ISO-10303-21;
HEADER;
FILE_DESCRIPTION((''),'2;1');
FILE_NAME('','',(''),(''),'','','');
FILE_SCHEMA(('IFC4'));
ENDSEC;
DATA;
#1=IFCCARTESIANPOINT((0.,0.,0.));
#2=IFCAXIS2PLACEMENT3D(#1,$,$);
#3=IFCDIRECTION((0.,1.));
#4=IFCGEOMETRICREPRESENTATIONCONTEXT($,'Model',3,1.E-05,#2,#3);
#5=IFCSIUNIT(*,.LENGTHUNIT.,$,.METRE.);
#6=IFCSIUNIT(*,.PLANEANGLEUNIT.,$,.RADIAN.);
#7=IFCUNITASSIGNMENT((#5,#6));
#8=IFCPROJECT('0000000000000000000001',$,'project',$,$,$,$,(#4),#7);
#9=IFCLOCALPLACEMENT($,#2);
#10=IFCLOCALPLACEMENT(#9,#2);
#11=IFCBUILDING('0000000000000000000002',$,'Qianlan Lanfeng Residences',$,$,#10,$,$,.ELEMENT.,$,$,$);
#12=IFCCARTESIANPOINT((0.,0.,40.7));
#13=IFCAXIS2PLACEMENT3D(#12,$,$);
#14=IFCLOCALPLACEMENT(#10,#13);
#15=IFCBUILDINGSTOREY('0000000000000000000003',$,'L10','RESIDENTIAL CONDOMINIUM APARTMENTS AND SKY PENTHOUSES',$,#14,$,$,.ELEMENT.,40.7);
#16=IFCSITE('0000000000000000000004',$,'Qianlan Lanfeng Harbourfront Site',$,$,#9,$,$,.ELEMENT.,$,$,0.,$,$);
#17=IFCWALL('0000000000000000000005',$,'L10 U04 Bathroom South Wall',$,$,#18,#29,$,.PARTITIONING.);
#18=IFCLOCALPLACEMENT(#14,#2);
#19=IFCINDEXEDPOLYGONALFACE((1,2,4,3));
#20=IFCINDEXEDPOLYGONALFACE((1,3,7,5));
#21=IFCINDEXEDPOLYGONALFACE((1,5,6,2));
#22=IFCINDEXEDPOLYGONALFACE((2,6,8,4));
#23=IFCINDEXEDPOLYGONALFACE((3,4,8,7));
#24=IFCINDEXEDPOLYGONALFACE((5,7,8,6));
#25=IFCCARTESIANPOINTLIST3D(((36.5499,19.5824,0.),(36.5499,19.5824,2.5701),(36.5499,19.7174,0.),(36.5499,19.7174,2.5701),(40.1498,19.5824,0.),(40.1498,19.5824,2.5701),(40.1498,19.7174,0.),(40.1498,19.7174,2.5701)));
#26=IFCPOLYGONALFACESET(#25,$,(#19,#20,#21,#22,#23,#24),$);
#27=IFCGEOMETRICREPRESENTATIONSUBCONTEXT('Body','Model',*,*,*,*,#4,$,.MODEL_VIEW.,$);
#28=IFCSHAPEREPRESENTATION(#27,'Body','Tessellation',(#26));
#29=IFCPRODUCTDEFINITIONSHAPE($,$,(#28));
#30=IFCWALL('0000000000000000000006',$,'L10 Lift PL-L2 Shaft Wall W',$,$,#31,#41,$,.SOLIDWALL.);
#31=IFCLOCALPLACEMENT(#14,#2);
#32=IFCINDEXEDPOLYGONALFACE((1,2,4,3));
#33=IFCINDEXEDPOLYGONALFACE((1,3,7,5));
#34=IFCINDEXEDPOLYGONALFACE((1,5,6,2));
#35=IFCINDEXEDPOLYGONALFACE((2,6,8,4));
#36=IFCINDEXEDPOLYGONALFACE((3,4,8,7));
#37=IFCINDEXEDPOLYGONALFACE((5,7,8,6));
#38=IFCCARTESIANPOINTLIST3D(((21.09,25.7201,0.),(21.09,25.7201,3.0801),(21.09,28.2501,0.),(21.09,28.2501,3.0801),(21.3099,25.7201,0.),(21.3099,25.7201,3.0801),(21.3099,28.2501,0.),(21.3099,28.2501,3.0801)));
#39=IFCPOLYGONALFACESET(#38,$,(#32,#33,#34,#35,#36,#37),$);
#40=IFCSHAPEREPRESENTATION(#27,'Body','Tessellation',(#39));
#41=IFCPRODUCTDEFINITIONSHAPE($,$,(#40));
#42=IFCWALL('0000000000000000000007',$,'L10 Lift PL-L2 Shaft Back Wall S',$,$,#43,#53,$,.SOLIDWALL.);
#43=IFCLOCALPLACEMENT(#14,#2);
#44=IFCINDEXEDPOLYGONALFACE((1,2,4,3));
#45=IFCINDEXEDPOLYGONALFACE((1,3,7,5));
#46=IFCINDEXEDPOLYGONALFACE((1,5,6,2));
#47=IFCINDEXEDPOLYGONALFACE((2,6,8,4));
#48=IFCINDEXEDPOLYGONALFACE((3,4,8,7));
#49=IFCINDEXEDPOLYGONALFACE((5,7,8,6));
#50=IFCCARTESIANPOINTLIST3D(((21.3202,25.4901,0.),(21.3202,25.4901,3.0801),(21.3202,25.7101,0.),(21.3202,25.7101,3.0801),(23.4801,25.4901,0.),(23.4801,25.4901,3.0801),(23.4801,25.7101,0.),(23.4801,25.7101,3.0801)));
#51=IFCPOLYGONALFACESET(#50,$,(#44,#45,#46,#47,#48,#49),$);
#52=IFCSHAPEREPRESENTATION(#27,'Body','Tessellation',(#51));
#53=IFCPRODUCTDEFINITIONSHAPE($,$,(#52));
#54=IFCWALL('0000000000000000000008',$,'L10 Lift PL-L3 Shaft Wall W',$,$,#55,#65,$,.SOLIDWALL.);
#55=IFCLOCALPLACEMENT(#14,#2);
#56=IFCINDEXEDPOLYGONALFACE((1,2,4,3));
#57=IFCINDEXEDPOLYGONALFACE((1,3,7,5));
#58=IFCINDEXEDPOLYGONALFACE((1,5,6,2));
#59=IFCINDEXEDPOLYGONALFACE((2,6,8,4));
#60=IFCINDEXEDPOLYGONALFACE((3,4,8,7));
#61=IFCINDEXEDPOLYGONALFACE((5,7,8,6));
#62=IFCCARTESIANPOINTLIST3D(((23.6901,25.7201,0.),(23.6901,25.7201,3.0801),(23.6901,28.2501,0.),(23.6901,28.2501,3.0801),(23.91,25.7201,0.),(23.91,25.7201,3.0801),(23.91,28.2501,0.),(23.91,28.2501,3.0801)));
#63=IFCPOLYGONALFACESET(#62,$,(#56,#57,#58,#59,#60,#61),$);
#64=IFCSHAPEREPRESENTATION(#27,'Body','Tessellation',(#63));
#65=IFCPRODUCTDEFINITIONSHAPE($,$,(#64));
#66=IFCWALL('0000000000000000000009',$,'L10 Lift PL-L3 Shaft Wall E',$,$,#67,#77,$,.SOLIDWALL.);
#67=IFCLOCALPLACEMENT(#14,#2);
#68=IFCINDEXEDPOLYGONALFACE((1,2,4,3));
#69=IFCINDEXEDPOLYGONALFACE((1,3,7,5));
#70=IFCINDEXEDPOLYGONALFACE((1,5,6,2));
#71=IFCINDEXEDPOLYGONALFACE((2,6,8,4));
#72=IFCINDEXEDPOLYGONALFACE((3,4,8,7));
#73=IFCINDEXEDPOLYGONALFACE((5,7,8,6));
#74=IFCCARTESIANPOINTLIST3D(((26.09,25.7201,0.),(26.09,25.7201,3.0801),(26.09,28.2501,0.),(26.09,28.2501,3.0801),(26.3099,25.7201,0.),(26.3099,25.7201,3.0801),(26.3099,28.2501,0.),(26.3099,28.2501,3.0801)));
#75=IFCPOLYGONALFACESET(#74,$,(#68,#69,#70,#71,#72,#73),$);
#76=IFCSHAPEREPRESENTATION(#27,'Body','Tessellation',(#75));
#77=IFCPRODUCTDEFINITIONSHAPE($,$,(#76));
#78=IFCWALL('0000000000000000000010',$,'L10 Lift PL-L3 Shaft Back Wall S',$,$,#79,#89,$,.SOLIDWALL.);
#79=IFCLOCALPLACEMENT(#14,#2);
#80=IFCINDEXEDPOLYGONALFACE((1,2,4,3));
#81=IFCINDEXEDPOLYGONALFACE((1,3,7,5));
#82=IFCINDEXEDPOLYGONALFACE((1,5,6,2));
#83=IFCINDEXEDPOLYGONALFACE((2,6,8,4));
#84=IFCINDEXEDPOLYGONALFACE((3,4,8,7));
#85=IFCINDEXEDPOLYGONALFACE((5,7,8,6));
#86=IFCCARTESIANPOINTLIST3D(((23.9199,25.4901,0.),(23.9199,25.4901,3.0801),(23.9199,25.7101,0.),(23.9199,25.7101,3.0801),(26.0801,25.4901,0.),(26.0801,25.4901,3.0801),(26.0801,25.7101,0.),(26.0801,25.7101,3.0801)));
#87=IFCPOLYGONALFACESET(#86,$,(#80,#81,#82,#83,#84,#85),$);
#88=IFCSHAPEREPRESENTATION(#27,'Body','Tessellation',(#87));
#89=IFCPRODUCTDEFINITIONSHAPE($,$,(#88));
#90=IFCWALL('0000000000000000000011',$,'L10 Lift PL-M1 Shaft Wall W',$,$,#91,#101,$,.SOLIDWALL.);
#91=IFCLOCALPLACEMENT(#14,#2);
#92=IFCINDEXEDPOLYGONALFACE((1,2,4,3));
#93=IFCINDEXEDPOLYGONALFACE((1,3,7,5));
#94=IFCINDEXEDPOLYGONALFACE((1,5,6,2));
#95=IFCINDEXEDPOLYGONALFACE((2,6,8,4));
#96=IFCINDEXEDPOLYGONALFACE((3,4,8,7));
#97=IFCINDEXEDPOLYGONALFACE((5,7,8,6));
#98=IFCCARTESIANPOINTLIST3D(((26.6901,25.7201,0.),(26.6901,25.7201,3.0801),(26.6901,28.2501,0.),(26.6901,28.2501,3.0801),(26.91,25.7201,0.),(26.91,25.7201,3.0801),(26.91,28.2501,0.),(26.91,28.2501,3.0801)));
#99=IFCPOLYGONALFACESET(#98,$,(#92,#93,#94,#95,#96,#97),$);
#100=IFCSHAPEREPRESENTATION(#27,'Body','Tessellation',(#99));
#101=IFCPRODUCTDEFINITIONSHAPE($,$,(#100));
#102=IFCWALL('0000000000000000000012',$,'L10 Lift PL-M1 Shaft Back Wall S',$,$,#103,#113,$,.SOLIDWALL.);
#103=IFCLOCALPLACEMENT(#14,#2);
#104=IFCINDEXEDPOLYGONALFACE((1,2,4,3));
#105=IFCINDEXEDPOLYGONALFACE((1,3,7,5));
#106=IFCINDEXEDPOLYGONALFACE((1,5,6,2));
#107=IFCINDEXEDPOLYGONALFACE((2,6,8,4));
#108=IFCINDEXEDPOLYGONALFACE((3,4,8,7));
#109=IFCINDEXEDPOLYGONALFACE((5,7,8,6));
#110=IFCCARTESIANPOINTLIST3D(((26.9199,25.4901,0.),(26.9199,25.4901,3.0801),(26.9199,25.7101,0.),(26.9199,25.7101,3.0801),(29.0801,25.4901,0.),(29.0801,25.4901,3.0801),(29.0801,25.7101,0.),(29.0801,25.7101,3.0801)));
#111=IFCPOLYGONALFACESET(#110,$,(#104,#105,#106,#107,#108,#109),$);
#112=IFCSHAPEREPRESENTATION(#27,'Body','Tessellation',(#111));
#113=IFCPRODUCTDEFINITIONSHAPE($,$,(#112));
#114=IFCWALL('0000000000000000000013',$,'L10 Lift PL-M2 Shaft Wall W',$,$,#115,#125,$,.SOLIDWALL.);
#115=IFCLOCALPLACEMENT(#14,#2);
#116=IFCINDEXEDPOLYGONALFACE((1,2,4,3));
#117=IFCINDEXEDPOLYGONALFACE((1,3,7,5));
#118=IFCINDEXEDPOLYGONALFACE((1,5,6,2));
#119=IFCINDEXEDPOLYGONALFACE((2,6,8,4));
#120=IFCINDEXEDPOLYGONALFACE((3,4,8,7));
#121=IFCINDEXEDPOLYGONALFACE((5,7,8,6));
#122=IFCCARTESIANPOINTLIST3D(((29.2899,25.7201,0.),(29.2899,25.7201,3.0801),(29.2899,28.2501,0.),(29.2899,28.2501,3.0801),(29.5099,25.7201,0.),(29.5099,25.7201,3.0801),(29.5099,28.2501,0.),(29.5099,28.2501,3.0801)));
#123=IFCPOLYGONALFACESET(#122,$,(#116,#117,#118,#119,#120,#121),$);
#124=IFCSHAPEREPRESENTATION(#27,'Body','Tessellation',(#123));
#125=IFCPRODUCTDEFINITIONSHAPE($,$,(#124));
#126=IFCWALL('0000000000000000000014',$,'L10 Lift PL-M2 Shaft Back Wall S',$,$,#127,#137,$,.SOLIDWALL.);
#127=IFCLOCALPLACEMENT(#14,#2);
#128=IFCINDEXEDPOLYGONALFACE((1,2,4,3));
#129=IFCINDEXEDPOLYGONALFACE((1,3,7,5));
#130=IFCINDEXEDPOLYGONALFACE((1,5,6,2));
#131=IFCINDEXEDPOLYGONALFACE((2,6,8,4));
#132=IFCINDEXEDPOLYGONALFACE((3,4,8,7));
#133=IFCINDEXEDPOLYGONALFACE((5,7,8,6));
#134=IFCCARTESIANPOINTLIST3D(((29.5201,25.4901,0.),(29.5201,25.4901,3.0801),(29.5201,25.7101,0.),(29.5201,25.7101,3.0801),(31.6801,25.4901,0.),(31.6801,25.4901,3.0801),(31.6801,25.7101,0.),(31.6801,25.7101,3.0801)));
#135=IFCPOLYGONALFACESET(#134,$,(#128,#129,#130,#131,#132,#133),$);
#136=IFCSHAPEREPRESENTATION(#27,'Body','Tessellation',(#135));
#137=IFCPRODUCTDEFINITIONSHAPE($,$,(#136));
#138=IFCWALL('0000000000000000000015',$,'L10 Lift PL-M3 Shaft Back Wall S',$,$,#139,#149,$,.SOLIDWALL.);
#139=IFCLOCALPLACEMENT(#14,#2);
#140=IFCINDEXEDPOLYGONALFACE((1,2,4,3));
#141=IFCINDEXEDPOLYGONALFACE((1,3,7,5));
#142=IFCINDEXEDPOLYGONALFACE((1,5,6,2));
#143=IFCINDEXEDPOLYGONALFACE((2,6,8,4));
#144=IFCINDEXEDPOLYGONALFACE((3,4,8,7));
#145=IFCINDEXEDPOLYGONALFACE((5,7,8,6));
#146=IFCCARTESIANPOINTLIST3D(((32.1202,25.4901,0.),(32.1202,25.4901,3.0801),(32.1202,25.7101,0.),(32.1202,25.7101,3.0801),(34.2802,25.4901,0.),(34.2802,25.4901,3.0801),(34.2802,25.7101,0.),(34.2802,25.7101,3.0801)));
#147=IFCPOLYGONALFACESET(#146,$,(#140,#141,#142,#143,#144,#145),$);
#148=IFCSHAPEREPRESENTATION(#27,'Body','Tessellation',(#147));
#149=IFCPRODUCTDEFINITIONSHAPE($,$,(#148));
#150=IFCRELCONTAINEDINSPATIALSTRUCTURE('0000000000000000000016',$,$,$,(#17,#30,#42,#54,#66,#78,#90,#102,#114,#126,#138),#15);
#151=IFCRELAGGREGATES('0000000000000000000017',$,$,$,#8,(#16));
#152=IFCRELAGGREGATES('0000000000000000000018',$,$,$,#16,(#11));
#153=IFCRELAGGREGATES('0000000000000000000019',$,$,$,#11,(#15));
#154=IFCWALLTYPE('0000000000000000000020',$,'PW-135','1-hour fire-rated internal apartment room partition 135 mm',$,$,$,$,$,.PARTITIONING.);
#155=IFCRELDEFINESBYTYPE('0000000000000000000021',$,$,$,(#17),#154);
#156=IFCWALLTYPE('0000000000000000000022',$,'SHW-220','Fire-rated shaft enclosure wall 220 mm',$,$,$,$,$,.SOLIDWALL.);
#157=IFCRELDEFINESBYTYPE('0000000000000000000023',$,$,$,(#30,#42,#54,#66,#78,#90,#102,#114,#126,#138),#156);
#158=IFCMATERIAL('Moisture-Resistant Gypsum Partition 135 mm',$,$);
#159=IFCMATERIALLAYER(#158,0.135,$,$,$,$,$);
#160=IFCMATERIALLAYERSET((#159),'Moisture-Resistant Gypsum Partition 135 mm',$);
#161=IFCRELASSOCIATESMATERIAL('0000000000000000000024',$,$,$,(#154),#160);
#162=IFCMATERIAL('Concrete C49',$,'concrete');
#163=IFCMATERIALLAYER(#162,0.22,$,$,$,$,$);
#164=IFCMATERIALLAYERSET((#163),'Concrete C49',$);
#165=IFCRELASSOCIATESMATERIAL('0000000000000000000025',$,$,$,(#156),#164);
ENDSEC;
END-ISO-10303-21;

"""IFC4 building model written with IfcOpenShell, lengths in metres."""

from ifc_helpers import new_model, si_unit, direction, frame, frame_2d, origin, place, context, subcontext, project, spatial, rectangle, extrude, material, layer, layer_set, type_object, element, save


model = new_model("IFC4")

# Units and contexts
model_context = context("Model", 3, precision=1e-05, world=origin(), true_north=direction((0.0, 1.0)))
body_context = subcontext(model_context, "Body", "Model", "MODEL_VIEW")
ifc_project = project(units=[si_unit("LENGTHUNIT", "METRE"), si_unit("PLANEANGLEUNIT", "RADIAN")], contexts=[model_context])

# Site, building, storey
site_placement = place(None, origin())
site = spatial("IfcSite", under=ifc_project, at=site_placement, Name="Qianlan Lanfeng Harbourfront Site", CompositionType="ELEMENT", RefElevation=0.0)
building_placement = place(site_placement, origin())
building = spatial("IfcBuilding", under=site, at=building_placement, Name="Qianlan Lanfeng Residences", CompositionType="ELEMENT")
storey_placement = place(building_placement, frame((0.0, 0.0, 40.7)))
storey = spatial("IfcBuildingStorey", under=building, at=storey_placement, Name="L10", Description="RESIDENTIAL CONDOMINIUM APARTMENTS AND SKY PENTHOUSES", CompositionType="ELEMENT", Elevation=40.7)

# Wall
ifc_material_1 = material(Name="Moisture-Resistant Gypsum Partition 135 mm")
ifc_layer_1 = layer(ifc_material_1, 0.135)
ifc_layer_set_1 = layer_set([ifc_layer_1], Name="Moisture-Resistant Gypsum Partition 135 mm")
wall_type_1 = type_object("IfcWallType", Name="PW-135", Description="1-hour fire-rated internal apartment room partition 135 mm", PredefinedType="PARTITIONING", material=ifc_layer_set_1)
for number, where, z_axis, x_axis, name in (
    (1, (36.55, 19.6499, 0.0), (0.0, 0.0, 1.0), (1.0, 0.0, 0.0), "L10 U04 Bathroom South Wall"),
):
    element("IfcWall", number, at=place(storey_placement, frame(where, z_axis=z_axis, x_axis=x_axis)), inside=storey, type_object=wall_type_1, Name=name, PredefinedType="PARTITIONING", context=body_context, shape_type="SweptSolid", body=[
        extrude(rectangle(XDim=3.5999, YDim=0.135, at=frame_2d((1.7998, 0.0))), origin(), (0.0, 0.0, 1.0), 2.5701),
    ])

# Walls
ifc_material_2 = material(Name="Concrete C49", Category="concrete")
ifc_layer_2 = layer(ifc_material_2, 0.22)
ifc_layer_set_2 = layer_set([ifc_layer_2], Name="Concrete C49")
wall_type_2 = type_object("IfcWallType", Name="SHW-220", Description="Fire-rated shaft enclosure wall 220 mm", PredefinedType="SOLIDWALL", material=ifc_layer_set_2)
wall_1_placement = place(storey_placement, frame((21.2, 25.72, 0.0), z_axis=(0.0, 0.0, 1.0), x_axis=(0.0, 1.0, 0.0)))
element("IfcWall", 2, at=wall_1_placement, inside=storey, type_object=wall_type_2, Name="L10 Lift PL-L2 Shaft Wall W", PredefinedType="SOLIDWALL", context=body_context, shape_type="SweptSolid", body=[
    extrude(rectangle(XDim=2.53, YDim=0.22, at=frame_2d((1.2651, 0.0))), origin(), (0.0, 0.0, 1.0), 3.0801),
])
wall_2_placement = place(storey_placement, frame((21.3201, 25.6001, 0.0), z_axis=(0.0, 0.0, 1.0), x_axis=(1.0, 0.0, 0.0)))
element("IfcWall", 3, at=wall_2_placement, inside=storey, type_object=wall_type_2, Name="L10 Lift PL-L2 Shaft Back Wall S", PredefinedType="SOLIDWALL", context=body_context, shape_type="SweptSolid", body=[
    extrude(rectangle(XDim=2.1599, YDim=0.22, at=frame_2d((1.0801, 0.0))), origin(), (0.0, 0.0, 1.0), 3.0801),
])
for number, where, z_axis, x_axis, name in (
    (4, (23.8, 25.72, 0.0), (0.0, 0.0, 1.0), (0.0, 1.0, 0.0), "L10 Lift PL-L3 Shaft Wall W"),
    (5, (26.2, 25.72, 0.0), (0.0, 0.0, 1.0), (0.0, 1.0, 0.0), "L10 Lift PL-L3 Shaft Wall E"),
):
    element("IfcWall", number, at=place(storey_placement, frame(where, z_axis=z_axis, x_axis=x_axis)), inside=storey, type_object=wall_type_2, Name=name, PredefinedType="SOLIDWALL", context=body_context, shape_type="SweptSolid", body=[
        extrude(rectangle(XDim=2.53, YDim=0.22, at=frame_2d((1.2651, 0.0))), origin(), (0.0, 0.0, 1.0), 3.0801),
    ])
wall_3_placement = place(storey_placement, frame((23.9199, 25.6001, 0.0), z_axis=(0.0, 0.0, 1.0), x_axis=(1.0, 0.0, 0.0)))
element("IfcWall", 6, at=wall_3_placement, inside=storey, type_object=wall_type_2, Name="L10 Lift PL-L3 Shaft Back Wall S", PredefinedType="SOLIDWALL", context=body_context, shape_type="SweptSolid", body=[
    extrude(rectangle(XDim=2.1602, YDim=0.22, at=frame_2d((1.0801, 0.0))), origin(), (0.0, 0.0, 1.0), 3.0801),
])
wall_4_placement = place(storey_placement, frame((26.8, 25.72, 0.0), z_axis=(0.0, 0.0, 1.0), x_axis=(0.0, 1.0, 0.0)))
element("IfcWall", 7, at=wall_4_placement, inside=storey, type_object=wall_type_2, Name="L10 Lift PL-M1 Shaft Wall W", PredefinedType="SOLIDWALL", context=body_context, shape_type="SweptSolid", body=[
    extrude(rectangle(XDim=2.53, YDim=0.22, at=frame_2d((1.2651, 0.0))), origin(), (0.0, 0.0, 1.0), 3.0801),
])
wall_5_placement = place(storey_placement, frame((26.9199, 25.6001, 0.0), z_axis=(0.0, 0.0, 1.0), x_axis=(1.0, 0.0, 0.0)))
element("IfcWall", 8, at=wall_5_placement, inside=storey, type_object=wall_type_2, Name="L10 Lift PL-M1 Shaft Back Wall S", PredefinedType="SOLIDWALL", context=body_context, shape_type="SweptSolid", body=[
    extrude(rectangle(XDim=2.1602, YDim=0.22, at=frame_2d((1.0801, 0.0))), origin(), (0.0, 0.0, 1.0), 3.0801),
])
wall_6_placement = place(storey_placement, frame((29.3999, 25.72, 0.0), z_axis=(0.0, 0.0, 1.0), x_axis=(0.0, 1.0, 0.0)))
element("IfcWall", 9, at=wall_6_placement, inside=storey, type_object=wall_type_2, Name="L10 Lift PL-M2 Shaft Wall W", PredefinedType="SOLIDWALL", context=body_context, shape_type="SweptSolid", body=[
    extrude(rectangle(XDim=2.53, YDim=0.22, at=frame_2d((1.2651, 0.0))), origin(), (0.0, 0.0, 1.0), 3.0801),
])
for number, where, z_axis, x_axis, name in (
    (10, (29.52, 25.6001, 0.0), (0.0, 0.0, 1.0), (1.0, 0.0, 0.0), "L10 Lift PL-M2 Shaft Back Wall S"),
    (11, (32.1201, 25.6001, 0.0), (0.0, 0.0, 1.0), (1.0, 0.0, 0.0), "L10 Lift PL-M3 Shaft Back Wall S"),
):
    element("IfcWall", number, at=place(storey_placement, frame(where, z_axis=z_axis, x_axis=x_axis)), inside=storey, type_object=wall_type_2, Name=name, PredefinedType="SOLIDWALL", context=body_context, shape_type="SweptSolid", body=[
        extrude(rectangle(XDim=2.1599, YDim=0.22, at=frame_2d((1.0801, 0.0))), origin(), (0.0, 0.0, 1.0), 3.0801),
    ])

save(model, "model.ifc")
